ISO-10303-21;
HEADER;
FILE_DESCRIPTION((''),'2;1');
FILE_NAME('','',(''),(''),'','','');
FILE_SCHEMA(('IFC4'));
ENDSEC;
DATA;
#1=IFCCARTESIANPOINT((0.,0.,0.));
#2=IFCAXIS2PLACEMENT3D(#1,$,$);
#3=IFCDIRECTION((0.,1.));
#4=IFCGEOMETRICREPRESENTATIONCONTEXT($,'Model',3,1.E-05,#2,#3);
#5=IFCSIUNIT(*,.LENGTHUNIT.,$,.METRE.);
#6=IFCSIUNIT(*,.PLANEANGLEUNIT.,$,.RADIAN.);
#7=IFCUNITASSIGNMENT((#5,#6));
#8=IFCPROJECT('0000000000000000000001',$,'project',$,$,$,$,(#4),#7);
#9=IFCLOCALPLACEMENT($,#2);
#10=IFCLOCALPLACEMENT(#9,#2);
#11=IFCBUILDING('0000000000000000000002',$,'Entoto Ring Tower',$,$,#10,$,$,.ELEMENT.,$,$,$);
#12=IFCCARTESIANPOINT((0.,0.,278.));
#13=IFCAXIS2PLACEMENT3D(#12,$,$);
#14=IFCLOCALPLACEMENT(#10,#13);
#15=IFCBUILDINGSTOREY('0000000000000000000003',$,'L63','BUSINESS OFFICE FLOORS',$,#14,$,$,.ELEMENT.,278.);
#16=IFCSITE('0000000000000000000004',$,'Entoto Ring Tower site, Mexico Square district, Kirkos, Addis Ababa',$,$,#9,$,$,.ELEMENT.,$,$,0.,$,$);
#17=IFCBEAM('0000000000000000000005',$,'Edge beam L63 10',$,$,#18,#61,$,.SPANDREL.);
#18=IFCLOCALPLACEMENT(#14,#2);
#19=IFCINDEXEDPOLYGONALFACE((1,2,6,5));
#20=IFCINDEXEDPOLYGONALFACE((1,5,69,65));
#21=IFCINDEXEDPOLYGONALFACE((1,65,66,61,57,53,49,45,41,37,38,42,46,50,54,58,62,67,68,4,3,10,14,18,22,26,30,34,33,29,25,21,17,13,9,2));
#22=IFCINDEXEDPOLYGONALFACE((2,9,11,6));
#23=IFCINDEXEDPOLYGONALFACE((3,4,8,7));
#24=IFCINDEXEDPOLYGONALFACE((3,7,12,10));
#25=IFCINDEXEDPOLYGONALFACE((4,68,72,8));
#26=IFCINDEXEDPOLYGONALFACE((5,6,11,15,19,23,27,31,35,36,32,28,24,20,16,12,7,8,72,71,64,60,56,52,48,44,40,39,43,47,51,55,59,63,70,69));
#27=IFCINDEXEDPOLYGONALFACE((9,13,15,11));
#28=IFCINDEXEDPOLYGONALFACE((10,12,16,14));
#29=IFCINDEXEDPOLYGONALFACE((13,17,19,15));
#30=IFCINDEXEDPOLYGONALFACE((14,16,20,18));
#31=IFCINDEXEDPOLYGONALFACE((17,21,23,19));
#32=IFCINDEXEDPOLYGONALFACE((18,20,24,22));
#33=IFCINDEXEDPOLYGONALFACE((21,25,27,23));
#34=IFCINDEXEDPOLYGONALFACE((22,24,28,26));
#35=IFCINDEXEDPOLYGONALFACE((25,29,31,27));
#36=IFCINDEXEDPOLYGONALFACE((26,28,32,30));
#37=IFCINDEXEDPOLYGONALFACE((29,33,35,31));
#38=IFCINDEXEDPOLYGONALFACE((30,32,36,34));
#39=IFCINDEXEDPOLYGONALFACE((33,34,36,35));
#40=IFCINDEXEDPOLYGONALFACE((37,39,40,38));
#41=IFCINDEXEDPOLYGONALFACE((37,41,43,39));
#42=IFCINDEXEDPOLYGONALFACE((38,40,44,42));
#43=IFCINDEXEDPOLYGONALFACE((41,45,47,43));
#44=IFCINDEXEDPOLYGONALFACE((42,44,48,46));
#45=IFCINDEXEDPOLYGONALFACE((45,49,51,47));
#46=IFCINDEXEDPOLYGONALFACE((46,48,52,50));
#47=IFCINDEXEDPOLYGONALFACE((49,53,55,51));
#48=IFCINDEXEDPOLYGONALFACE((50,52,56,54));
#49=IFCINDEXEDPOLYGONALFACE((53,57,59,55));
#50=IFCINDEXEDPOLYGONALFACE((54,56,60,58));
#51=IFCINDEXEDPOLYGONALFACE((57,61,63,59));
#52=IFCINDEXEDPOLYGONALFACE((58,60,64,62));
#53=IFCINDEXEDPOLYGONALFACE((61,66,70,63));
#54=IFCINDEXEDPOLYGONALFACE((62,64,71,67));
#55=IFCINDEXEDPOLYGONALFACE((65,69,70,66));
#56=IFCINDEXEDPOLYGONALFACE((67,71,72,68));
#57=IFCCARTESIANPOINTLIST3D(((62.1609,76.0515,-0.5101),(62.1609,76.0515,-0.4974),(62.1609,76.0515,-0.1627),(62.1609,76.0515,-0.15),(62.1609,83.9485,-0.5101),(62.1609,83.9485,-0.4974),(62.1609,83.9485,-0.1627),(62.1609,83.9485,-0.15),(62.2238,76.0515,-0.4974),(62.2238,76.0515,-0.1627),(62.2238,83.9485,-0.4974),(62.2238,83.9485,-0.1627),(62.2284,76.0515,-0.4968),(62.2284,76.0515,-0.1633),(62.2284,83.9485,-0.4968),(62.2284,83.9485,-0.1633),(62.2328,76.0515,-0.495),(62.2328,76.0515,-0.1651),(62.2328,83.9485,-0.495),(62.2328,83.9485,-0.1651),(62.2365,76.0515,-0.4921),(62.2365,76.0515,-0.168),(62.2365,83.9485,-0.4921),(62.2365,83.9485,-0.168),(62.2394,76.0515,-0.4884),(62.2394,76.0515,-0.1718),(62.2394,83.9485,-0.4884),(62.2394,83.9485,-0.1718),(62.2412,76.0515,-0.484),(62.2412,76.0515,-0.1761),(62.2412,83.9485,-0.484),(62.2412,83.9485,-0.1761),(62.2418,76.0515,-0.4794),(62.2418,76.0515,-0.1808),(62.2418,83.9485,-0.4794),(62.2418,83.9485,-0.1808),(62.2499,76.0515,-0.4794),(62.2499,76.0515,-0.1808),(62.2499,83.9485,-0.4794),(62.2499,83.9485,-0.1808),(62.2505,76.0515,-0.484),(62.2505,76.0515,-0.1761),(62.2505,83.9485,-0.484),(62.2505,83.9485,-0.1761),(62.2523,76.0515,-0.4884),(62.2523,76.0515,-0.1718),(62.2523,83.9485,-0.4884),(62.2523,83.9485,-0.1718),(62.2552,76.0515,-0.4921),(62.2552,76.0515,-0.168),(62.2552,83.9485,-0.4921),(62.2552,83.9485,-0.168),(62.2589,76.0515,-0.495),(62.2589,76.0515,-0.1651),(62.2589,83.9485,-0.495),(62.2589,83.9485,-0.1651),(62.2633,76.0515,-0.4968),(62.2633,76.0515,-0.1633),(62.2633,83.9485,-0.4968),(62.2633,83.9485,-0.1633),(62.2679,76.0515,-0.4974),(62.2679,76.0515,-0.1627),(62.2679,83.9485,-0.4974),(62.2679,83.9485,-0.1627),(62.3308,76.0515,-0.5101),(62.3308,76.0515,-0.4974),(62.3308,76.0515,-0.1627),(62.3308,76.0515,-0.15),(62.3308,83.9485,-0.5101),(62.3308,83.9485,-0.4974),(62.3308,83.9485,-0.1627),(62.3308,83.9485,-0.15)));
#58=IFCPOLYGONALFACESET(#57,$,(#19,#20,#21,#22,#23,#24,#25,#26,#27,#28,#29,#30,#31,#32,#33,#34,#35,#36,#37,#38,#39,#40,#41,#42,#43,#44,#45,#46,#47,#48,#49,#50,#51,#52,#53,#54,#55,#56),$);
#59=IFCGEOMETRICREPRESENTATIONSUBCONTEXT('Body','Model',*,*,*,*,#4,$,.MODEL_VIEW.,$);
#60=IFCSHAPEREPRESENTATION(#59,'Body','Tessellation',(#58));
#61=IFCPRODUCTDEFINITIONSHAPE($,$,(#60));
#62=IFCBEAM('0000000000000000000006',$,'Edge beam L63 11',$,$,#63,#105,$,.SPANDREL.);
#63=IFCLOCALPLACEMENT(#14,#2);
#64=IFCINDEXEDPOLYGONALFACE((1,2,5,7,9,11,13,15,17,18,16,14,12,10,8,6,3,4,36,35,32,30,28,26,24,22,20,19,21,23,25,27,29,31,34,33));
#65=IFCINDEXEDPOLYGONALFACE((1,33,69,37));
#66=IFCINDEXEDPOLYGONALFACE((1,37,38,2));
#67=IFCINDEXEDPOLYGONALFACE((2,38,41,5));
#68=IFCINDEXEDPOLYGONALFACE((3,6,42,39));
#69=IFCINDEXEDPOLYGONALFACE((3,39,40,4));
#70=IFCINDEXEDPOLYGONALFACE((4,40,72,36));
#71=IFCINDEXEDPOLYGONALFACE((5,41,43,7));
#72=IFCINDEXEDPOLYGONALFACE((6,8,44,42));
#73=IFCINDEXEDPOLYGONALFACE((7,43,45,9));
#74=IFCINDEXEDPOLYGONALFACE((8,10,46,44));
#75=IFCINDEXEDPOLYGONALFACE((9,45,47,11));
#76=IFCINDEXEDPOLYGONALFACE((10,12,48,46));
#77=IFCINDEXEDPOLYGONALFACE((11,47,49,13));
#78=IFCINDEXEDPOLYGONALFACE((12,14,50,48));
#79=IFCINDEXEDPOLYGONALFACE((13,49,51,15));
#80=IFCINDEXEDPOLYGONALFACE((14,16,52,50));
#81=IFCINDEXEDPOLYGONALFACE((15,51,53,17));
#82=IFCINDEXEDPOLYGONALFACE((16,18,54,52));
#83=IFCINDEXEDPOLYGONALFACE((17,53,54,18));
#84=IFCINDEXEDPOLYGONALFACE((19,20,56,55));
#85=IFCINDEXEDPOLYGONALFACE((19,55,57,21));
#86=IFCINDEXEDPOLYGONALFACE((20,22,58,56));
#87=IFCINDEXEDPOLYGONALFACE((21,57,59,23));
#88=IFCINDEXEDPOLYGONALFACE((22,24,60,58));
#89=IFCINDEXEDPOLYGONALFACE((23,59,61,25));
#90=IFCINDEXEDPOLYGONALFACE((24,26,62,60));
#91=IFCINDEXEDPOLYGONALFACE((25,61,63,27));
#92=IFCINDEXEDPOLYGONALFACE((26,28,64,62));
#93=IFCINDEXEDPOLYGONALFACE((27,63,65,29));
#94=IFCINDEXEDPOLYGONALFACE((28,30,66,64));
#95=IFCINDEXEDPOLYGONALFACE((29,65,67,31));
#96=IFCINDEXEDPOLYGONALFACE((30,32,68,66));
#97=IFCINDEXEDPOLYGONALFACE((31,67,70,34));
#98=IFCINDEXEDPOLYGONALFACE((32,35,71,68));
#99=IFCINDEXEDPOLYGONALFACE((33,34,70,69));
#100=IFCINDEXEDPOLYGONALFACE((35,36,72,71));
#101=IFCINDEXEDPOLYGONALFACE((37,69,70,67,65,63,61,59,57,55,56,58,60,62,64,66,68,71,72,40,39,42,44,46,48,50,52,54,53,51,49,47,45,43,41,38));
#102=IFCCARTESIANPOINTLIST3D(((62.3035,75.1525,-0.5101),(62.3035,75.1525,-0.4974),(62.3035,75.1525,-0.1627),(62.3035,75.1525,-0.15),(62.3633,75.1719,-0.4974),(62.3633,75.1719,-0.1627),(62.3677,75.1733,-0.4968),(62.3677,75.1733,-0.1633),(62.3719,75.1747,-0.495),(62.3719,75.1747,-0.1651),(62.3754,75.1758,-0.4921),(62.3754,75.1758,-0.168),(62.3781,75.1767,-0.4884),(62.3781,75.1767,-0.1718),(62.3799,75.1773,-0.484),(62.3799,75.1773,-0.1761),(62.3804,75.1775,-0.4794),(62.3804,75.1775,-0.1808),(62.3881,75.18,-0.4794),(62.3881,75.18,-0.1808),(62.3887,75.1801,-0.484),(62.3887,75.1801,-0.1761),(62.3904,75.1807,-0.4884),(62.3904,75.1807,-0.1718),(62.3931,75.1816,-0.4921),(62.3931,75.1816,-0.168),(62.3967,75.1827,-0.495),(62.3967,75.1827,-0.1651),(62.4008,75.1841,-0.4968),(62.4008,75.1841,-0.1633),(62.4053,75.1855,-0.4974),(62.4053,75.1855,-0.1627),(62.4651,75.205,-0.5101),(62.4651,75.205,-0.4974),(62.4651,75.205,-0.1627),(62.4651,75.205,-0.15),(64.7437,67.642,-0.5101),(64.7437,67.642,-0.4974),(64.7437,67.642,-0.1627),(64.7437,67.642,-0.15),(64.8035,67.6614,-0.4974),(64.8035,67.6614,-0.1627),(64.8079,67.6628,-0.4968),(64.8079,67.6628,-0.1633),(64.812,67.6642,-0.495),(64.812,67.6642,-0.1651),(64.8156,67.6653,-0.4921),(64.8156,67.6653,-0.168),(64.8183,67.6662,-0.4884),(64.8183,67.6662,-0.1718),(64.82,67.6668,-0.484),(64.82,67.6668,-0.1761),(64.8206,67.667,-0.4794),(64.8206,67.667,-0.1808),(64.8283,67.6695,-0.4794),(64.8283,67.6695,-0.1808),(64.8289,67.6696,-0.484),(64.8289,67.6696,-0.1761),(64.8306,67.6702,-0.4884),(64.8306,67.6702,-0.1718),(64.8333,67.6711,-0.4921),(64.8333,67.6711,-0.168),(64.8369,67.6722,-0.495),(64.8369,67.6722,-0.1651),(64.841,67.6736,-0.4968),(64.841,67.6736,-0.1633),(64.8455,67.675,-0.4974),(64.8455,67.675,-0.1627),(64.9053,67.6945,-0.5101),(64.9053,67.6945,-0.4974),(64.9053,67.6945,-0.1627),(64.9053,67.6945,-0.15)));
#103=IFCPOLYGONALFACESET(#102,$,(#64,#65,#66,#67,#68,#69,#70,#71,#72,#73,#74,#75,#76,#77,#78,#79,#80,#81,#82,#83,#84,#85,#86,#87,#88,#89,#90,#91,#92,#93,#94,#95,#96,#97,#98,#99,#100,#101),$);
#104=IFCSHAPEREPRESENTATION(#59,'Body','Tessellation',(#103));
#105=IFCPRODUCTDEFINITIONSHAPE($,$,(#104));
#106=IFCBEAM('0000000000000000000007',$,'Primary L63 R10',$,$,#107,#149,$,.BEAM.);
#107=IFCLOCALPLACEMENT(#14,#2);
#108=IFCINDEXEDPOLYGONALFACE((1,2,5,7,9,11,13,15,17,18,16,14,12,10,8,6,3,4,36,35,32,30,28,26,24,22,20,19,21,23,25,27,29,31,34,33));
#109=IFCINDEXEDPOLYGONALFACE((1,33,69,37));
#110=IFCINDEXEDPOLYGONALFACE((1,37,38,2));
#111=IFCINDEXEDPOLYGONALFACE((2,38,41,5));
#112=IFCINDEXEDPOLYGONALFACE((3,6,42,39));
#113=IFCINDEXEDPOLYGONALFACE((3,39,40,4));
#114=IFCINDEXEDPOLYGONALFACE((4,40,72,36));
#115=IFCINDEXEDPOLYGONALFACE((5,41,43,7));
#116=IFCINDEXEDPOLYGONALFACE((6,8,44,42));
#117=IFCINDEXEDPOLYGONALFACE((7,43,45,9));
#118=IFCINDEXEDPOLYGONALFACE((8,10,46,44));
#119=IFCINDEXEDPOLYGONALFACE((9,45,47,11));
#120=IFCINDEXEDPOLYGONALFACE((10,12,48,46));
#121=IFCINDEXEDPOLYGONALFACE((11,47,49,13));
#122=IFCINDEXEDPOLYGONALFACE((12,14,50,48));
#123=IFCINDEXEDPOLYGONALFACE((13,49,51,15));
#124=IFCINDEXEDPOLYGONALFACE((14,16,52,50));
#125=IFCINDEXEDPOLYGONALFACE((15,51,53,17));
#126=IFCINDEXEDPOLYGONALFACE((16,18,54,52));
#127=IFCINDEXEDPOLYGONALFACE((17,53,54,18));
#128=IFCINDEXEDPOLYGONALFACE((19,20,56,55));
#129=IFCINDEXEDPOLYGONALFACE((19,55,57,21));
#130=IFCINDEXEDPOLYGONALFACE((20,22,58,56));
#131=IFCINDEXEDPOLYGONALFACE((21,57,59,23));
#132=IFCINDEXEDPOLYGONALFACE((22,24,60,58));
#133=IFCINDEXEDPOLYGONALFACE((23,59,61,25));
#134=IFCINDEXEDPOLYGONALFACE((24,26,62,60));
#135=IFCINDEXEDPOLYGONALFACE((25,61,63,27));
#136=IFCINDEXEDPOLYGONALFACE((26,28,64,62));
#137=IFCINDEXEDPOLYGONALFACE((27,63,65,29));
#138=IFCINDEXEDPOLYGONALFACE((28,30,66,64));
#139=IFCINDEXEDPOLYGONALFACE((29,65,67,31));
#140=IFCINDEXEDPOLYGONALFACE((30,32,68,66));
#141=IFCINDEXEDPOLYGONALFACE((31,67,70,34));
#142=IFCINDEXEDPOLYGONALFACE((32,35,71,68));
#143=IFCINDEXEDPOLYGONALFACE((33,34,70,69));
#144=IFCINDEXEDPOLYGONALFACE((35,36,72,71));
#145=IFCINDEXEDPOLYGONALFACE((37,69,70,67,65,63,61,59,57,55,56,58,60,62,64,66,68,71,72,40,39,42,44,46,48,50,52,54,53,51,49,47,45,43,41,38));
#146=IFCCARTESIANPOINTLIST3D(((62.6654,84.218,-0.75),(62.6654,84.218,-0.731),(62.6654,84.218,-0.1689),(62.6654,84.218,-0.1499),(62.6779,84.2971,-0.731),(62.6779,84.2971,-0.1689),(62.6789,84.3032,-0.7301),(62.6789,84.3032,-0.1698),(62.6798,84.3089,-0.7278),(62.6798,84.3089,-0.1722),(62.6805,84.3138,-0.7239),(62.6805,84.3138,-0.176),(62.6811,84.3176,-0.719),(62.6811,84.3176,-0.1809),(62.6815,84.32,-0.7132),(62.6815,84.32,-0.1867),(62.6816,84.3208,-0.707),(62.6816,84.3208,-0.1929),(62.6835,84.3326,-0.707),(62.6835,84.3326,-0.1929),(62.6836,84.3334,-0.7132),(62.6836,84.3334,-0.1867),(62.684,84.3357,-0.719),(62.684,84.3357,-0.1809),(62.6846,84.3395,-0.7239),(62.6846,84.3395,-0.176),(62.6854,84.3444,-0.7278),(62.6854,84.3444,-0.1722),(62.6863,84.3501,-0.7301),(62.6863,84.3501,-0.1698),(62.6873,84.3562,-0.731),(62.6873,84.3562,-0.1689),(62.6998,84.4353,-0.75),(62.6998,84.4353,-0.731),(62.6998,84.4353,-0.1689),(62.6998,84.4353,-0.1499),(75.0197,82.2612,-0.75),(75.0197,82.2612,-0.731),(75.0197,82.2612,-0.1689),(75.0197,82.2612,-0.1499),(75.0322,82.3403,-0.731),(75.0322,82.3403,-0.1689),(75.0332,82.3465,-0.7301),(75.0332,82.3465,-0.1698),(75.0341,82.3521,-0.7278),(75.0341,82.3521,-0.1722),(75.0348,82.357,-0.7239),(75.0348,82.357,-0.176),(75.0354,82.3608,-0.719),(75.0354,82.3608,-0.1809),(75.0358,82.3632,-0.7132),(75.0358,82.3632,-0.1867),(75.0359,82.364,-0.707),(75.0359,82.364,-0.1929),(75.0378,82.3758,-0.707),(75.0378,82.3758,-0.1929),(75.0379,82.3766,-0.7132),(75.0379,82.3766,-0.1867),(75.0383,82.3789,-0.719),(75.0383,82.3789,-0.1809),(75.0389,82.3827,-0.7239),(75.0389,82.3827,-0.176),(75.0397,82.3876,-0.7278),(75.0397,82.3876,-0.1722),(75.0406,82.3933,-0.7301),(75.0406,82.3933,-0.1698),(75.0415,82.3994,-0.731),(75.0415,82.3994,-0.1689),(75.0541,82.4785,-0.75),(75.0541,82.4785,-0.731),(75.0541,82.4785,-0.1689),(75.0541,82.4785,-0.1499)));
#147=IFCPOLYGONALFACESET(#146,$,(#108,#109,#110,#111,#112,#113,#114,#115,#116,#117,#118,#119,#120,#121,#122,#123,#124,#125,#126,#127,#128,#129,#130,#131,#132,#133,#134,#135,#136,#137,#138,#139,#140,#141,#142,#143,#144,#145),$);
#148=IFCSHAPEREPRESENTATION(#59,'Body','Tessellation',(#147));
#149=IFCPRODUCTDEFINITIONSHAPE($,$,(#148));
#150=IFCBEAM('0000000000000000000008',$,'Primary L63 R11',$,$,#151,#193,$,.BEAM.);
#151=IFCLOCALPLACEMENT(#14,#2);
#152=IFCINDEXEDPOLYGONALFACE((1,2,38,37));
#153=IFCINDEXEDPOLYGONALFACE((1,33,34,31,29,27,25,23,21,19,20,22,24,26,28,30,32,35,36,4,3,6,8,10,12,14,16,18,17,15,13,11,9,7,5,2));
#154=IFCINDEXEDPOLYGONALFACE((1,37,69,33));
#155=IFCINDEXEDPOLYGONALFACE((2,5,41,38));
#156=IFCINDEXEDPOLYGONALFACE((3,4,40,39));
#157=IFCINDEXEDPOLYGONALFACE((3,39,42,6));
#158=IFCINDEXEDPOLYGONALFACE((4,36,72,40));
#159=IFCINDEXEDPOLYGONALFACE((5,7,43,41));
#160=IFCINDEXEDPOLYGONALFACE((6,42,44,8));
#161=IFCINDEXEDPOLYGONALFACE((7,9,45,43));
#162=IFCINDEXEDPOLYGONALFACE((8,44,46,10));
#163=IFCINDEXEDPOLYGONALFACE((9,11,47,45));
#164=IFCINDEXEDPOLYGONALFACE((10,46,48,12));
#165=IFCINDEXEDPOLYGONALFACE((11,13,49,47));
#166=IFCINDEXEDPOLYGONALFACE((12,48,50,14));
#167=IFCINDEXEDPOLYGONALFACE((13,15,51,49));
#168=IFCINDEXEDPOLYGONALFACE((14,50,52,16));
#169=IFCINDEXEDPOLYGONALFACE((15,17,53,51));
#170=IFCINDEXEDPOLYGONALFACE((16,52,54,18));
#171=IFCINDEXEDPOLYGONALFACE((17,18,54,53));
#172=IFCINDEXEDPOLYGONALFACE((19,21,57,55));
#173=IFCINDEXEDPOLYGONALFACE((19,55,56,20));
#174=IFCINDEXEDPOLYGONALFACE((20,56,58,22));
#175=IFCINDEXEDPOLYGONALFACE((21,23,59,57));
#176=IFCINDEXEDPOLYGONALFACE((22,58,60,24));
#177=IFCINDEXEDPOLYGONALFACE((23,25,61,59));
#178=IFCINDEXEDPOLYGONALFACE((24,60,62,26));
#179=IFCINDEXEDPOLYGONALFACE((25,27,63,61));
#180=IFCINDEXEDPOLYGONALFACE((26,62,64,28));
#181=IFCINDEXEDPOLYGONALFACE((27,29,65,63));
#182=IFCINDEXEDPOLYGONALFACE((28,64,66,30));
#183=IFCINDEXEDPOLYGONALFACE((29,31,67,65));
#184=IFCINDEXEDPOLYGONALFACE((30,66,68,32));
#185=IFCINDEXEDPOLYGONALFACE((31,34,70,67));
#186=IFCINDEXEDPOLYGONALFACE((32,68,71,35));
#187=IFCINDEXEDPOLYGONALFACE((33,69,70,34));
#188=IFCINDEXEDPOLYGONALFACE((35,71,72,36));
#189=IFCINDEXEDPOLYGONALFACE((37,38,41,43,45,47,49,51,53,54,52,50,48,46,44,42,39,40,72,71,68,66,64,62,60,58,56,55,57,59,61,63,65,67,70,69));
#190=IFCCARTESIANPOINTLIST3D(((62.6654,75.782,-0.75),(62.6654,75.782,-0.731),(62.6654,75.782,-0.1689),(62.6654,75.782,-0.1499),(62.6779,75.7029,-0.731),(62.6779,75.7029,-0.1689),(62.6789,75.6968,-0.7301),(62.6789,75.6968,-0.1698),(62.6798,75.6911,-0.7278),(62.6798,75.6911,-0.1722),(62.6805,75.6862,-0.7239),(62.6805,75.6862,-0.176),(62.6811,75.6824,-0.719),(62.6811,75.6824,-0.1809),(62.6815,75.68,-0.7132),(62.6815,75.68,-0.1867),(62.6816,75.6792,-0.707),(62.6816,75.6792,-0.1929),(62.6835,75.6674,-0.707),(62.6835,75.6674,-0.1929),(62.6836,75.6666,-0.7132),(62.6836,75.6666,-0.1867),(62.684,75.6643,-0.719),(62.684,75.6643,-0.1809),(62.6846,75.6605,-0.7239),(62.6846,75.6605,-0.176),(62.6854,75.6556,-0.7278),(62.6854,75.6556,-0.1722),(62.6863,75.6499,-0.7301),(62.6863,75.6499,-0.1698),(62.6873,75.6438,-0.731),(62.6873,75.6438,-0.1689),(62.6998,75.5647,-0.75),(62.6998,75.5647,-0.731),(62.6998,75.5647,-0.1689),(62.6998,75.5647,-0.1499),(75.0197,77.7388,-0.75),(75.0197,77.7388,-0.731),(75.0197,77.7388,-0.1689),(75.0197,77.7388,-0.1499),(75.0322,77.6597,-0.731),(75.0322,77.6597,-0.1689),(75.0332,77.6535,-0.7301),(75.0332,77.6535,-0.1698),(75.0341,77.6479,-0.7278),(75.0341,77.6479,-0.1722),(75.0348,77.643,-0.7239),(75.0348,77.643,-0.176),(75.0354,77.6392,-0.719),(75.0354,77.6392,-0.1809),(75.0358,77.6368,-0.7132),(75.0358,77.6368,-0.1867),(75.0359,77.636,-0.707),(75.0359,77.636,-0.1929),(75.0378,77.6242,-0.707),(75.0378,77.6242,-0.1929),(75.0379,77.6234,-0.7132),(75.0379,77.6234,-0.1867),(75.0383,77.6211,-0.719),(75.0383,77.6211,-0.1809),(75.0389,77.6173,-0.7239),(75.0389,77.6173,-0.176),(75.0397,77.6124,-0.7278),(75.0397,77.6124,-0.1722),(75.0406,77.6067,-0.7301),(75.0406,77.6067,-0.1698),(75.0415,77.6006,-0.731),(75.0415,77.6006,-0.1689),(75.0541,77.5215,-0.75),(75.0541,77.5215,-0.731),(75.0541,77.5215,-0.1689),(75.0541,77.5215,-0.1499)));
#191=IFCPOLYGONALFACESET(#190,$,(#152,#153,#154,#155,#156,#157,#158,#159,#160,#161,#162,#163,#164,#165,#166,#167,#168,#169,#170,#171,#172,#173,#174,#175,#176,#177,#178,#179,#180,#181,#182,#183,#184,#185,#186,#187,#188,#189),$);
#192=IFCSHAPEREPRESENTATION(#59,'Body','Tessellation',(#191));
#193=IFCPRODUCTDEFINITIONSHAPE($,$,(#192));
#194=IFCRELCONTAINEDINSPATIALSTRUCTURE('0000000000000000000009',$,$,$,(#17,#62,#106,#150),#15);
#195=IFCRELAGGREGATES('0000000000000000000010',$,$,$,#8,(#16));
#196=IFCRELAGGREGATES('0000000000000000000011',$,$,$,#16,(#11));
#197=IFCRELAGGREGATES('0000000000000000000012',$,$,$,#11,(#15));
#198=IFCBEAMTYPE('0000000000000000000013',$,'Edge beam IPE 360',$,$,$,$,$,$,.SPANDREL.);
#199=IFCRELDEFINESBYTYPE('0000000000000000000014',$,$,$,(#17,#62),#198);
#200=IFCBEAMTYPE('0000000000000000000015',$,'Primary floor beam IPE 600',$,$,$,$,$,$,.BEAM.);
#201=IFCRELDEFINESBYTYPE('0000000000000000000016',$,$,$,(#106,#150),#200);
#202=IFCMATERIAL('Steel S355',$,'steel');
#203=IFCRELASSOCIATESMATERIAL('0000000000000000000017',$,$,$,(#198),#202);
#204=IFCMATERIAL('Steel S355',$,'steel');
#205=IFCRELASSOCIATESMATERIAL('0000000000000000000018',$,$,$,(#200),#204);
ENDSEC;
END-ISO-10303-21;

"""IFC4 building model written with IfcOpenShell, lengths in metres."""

from ifc_helpers import new_model, si_unit, direction, frame, origin, origin_2d, place, context, subcontext, project, spatial, i_section, extrude, material, material_profile, profile_set, type_object, element, save


model = new_model("IFC4")

# Units and contexts
model_context = context("Model", 3, precision=1e-05, world=origin(), true_north=direction((0.0, 1.0)))
body_context = subcontext(model_context, "Body", "Model", "MODEL_VIEW")
ifc_project = project(units=[si_unit("LENGTHUNIT", "METRE"), si_unit("PLANEANGLEUNIT", "RADIAN")], contexts=[model_context])

# Site, building, storey
site_placement = place(None, origin())
site = spatial("IfcSite", under=ifc_project, at=site_placement, Name="Entoto Ring Tower site, Mexico Square district, Kirkos, Addis Ababa", CompositionType="ELEMENT", RefElevation=0.0)
building_placement = place(site_placement, origin())
building = spatial("IfcBuilding", under=site, at=building_placement, Name="Entoto Ring Tower", CompositionType="ELEMENT")
storey_placement = place(building_placement, frame((0.0, 0.0, 278.0)))
storey = spatial("IfcBuildingStorey", under=building, at=storey_placement, Name="L63", Description="BUSINESS OFFICE FLOORS", CompositionType="ELEMENT", Elevation=278.0)

# Beams
ifc_material_1 = material(Name="Steel S355", Category="steel")
ifc_material_profile_1 = material_profile(ifc_material_1, i_section(OverallWidth=0.1699, OverallDepth=0.3601, WebThickness=0.0081, FlangeThickness=0.0127, FilletRadius=0.0181, at=origin_2d()), Name="IPE 360")
ifc_profile_set_1 = profile_set([ifc_material_profile_1], Name="Steel S355")
beam_type_1 = type_object("IfcBeamType", Name="Edge beam IPE 360", PredefinedType="SPANDREL", material=ifc_profile_set_1)
for number, where, z_axis, x_axis, name in (
    (1, (62.2458, 83.9485, -0.3301), (0.0, -1.0, 0.0), (1.0, 0.0, 0.0), "Edge beam L63 10"),
    (2, (62.3843, 75.1787, -0.3301), (0.309003, -0.951061, 0.0), (0.951061, 0.309003, 0.0), "Edge beam L63 11"),
):
    element("IfcBeam", number, at=place(storey_placement, frame(where, z_axis=z_axis, x_axis=x_axis)), inside=storey, type_object=beam_type_1, Name=name, PredefinedType="SPANDREL", context=body_context, shape_type="SweptSolid", body=[
        extrude(i_section(OverallWidth=0.1699, OverallDepth=0.3601, WebThickness=0.0081, FlangeThickness=0.0127, FilletRadius=0.0181, at=origin_2d()), origin(), (0.0, 0.0, 1.0), 7.897),
    ])
ifc_material_2 = material(Name="Steel S355", Category="steel")
ifc_material_profile_2 = material_profile(ifc_material_2, i_section(OverallWidth=0.22, OverallDepth=0.6001, WebThickness=0.012, FlangeThickness=0.019, FilletRadius=0.0239, at=origin_2d()), Name="IPE 600")
ifc_profile_set_2 = profile_set([ifc_material_profile_2], Name="Steel S355")
beam_type_2 = type_object("IfcBeamType", Name="Primary floor beam IPE 600", PredefinedType="BEAM", material=ifc_profile_set_2)
for number, where, z_axis, x_axis, name in (
    (3, (75.0369, 82.3699, -0.45), (-0.987688, 0.15644, 0.0), (-0.15644, -0.987688, 0.0), "Primary L63 R10"),
    (4, (75.0369, 77.6301, -0.45), (-0.987688, -0.15644, 0.0), (0.15644, -0.987688, 0.0), "Primary L63 R11"),
):
    element("IfcBeam", number, at=place(storey_placement, frame(where, z_axis=z_axis, x_axis=x_axis)), inside=storey, type_object=beam_type_2, Name=name, PredefinedType="BEAM", context=body_context, shape_type="SweptSolid", body=[
        extrude(i_section(OverallWidth=0.22, OverallDepth=0.6001, WebThickness=0.012, FlangeThickness=0.019, FilletRadius=0.0239, at=origin_2d()), origin(), (0.0, 0.0, 1.0), 12.5083),
    ])

save(model, "model.ifc")
